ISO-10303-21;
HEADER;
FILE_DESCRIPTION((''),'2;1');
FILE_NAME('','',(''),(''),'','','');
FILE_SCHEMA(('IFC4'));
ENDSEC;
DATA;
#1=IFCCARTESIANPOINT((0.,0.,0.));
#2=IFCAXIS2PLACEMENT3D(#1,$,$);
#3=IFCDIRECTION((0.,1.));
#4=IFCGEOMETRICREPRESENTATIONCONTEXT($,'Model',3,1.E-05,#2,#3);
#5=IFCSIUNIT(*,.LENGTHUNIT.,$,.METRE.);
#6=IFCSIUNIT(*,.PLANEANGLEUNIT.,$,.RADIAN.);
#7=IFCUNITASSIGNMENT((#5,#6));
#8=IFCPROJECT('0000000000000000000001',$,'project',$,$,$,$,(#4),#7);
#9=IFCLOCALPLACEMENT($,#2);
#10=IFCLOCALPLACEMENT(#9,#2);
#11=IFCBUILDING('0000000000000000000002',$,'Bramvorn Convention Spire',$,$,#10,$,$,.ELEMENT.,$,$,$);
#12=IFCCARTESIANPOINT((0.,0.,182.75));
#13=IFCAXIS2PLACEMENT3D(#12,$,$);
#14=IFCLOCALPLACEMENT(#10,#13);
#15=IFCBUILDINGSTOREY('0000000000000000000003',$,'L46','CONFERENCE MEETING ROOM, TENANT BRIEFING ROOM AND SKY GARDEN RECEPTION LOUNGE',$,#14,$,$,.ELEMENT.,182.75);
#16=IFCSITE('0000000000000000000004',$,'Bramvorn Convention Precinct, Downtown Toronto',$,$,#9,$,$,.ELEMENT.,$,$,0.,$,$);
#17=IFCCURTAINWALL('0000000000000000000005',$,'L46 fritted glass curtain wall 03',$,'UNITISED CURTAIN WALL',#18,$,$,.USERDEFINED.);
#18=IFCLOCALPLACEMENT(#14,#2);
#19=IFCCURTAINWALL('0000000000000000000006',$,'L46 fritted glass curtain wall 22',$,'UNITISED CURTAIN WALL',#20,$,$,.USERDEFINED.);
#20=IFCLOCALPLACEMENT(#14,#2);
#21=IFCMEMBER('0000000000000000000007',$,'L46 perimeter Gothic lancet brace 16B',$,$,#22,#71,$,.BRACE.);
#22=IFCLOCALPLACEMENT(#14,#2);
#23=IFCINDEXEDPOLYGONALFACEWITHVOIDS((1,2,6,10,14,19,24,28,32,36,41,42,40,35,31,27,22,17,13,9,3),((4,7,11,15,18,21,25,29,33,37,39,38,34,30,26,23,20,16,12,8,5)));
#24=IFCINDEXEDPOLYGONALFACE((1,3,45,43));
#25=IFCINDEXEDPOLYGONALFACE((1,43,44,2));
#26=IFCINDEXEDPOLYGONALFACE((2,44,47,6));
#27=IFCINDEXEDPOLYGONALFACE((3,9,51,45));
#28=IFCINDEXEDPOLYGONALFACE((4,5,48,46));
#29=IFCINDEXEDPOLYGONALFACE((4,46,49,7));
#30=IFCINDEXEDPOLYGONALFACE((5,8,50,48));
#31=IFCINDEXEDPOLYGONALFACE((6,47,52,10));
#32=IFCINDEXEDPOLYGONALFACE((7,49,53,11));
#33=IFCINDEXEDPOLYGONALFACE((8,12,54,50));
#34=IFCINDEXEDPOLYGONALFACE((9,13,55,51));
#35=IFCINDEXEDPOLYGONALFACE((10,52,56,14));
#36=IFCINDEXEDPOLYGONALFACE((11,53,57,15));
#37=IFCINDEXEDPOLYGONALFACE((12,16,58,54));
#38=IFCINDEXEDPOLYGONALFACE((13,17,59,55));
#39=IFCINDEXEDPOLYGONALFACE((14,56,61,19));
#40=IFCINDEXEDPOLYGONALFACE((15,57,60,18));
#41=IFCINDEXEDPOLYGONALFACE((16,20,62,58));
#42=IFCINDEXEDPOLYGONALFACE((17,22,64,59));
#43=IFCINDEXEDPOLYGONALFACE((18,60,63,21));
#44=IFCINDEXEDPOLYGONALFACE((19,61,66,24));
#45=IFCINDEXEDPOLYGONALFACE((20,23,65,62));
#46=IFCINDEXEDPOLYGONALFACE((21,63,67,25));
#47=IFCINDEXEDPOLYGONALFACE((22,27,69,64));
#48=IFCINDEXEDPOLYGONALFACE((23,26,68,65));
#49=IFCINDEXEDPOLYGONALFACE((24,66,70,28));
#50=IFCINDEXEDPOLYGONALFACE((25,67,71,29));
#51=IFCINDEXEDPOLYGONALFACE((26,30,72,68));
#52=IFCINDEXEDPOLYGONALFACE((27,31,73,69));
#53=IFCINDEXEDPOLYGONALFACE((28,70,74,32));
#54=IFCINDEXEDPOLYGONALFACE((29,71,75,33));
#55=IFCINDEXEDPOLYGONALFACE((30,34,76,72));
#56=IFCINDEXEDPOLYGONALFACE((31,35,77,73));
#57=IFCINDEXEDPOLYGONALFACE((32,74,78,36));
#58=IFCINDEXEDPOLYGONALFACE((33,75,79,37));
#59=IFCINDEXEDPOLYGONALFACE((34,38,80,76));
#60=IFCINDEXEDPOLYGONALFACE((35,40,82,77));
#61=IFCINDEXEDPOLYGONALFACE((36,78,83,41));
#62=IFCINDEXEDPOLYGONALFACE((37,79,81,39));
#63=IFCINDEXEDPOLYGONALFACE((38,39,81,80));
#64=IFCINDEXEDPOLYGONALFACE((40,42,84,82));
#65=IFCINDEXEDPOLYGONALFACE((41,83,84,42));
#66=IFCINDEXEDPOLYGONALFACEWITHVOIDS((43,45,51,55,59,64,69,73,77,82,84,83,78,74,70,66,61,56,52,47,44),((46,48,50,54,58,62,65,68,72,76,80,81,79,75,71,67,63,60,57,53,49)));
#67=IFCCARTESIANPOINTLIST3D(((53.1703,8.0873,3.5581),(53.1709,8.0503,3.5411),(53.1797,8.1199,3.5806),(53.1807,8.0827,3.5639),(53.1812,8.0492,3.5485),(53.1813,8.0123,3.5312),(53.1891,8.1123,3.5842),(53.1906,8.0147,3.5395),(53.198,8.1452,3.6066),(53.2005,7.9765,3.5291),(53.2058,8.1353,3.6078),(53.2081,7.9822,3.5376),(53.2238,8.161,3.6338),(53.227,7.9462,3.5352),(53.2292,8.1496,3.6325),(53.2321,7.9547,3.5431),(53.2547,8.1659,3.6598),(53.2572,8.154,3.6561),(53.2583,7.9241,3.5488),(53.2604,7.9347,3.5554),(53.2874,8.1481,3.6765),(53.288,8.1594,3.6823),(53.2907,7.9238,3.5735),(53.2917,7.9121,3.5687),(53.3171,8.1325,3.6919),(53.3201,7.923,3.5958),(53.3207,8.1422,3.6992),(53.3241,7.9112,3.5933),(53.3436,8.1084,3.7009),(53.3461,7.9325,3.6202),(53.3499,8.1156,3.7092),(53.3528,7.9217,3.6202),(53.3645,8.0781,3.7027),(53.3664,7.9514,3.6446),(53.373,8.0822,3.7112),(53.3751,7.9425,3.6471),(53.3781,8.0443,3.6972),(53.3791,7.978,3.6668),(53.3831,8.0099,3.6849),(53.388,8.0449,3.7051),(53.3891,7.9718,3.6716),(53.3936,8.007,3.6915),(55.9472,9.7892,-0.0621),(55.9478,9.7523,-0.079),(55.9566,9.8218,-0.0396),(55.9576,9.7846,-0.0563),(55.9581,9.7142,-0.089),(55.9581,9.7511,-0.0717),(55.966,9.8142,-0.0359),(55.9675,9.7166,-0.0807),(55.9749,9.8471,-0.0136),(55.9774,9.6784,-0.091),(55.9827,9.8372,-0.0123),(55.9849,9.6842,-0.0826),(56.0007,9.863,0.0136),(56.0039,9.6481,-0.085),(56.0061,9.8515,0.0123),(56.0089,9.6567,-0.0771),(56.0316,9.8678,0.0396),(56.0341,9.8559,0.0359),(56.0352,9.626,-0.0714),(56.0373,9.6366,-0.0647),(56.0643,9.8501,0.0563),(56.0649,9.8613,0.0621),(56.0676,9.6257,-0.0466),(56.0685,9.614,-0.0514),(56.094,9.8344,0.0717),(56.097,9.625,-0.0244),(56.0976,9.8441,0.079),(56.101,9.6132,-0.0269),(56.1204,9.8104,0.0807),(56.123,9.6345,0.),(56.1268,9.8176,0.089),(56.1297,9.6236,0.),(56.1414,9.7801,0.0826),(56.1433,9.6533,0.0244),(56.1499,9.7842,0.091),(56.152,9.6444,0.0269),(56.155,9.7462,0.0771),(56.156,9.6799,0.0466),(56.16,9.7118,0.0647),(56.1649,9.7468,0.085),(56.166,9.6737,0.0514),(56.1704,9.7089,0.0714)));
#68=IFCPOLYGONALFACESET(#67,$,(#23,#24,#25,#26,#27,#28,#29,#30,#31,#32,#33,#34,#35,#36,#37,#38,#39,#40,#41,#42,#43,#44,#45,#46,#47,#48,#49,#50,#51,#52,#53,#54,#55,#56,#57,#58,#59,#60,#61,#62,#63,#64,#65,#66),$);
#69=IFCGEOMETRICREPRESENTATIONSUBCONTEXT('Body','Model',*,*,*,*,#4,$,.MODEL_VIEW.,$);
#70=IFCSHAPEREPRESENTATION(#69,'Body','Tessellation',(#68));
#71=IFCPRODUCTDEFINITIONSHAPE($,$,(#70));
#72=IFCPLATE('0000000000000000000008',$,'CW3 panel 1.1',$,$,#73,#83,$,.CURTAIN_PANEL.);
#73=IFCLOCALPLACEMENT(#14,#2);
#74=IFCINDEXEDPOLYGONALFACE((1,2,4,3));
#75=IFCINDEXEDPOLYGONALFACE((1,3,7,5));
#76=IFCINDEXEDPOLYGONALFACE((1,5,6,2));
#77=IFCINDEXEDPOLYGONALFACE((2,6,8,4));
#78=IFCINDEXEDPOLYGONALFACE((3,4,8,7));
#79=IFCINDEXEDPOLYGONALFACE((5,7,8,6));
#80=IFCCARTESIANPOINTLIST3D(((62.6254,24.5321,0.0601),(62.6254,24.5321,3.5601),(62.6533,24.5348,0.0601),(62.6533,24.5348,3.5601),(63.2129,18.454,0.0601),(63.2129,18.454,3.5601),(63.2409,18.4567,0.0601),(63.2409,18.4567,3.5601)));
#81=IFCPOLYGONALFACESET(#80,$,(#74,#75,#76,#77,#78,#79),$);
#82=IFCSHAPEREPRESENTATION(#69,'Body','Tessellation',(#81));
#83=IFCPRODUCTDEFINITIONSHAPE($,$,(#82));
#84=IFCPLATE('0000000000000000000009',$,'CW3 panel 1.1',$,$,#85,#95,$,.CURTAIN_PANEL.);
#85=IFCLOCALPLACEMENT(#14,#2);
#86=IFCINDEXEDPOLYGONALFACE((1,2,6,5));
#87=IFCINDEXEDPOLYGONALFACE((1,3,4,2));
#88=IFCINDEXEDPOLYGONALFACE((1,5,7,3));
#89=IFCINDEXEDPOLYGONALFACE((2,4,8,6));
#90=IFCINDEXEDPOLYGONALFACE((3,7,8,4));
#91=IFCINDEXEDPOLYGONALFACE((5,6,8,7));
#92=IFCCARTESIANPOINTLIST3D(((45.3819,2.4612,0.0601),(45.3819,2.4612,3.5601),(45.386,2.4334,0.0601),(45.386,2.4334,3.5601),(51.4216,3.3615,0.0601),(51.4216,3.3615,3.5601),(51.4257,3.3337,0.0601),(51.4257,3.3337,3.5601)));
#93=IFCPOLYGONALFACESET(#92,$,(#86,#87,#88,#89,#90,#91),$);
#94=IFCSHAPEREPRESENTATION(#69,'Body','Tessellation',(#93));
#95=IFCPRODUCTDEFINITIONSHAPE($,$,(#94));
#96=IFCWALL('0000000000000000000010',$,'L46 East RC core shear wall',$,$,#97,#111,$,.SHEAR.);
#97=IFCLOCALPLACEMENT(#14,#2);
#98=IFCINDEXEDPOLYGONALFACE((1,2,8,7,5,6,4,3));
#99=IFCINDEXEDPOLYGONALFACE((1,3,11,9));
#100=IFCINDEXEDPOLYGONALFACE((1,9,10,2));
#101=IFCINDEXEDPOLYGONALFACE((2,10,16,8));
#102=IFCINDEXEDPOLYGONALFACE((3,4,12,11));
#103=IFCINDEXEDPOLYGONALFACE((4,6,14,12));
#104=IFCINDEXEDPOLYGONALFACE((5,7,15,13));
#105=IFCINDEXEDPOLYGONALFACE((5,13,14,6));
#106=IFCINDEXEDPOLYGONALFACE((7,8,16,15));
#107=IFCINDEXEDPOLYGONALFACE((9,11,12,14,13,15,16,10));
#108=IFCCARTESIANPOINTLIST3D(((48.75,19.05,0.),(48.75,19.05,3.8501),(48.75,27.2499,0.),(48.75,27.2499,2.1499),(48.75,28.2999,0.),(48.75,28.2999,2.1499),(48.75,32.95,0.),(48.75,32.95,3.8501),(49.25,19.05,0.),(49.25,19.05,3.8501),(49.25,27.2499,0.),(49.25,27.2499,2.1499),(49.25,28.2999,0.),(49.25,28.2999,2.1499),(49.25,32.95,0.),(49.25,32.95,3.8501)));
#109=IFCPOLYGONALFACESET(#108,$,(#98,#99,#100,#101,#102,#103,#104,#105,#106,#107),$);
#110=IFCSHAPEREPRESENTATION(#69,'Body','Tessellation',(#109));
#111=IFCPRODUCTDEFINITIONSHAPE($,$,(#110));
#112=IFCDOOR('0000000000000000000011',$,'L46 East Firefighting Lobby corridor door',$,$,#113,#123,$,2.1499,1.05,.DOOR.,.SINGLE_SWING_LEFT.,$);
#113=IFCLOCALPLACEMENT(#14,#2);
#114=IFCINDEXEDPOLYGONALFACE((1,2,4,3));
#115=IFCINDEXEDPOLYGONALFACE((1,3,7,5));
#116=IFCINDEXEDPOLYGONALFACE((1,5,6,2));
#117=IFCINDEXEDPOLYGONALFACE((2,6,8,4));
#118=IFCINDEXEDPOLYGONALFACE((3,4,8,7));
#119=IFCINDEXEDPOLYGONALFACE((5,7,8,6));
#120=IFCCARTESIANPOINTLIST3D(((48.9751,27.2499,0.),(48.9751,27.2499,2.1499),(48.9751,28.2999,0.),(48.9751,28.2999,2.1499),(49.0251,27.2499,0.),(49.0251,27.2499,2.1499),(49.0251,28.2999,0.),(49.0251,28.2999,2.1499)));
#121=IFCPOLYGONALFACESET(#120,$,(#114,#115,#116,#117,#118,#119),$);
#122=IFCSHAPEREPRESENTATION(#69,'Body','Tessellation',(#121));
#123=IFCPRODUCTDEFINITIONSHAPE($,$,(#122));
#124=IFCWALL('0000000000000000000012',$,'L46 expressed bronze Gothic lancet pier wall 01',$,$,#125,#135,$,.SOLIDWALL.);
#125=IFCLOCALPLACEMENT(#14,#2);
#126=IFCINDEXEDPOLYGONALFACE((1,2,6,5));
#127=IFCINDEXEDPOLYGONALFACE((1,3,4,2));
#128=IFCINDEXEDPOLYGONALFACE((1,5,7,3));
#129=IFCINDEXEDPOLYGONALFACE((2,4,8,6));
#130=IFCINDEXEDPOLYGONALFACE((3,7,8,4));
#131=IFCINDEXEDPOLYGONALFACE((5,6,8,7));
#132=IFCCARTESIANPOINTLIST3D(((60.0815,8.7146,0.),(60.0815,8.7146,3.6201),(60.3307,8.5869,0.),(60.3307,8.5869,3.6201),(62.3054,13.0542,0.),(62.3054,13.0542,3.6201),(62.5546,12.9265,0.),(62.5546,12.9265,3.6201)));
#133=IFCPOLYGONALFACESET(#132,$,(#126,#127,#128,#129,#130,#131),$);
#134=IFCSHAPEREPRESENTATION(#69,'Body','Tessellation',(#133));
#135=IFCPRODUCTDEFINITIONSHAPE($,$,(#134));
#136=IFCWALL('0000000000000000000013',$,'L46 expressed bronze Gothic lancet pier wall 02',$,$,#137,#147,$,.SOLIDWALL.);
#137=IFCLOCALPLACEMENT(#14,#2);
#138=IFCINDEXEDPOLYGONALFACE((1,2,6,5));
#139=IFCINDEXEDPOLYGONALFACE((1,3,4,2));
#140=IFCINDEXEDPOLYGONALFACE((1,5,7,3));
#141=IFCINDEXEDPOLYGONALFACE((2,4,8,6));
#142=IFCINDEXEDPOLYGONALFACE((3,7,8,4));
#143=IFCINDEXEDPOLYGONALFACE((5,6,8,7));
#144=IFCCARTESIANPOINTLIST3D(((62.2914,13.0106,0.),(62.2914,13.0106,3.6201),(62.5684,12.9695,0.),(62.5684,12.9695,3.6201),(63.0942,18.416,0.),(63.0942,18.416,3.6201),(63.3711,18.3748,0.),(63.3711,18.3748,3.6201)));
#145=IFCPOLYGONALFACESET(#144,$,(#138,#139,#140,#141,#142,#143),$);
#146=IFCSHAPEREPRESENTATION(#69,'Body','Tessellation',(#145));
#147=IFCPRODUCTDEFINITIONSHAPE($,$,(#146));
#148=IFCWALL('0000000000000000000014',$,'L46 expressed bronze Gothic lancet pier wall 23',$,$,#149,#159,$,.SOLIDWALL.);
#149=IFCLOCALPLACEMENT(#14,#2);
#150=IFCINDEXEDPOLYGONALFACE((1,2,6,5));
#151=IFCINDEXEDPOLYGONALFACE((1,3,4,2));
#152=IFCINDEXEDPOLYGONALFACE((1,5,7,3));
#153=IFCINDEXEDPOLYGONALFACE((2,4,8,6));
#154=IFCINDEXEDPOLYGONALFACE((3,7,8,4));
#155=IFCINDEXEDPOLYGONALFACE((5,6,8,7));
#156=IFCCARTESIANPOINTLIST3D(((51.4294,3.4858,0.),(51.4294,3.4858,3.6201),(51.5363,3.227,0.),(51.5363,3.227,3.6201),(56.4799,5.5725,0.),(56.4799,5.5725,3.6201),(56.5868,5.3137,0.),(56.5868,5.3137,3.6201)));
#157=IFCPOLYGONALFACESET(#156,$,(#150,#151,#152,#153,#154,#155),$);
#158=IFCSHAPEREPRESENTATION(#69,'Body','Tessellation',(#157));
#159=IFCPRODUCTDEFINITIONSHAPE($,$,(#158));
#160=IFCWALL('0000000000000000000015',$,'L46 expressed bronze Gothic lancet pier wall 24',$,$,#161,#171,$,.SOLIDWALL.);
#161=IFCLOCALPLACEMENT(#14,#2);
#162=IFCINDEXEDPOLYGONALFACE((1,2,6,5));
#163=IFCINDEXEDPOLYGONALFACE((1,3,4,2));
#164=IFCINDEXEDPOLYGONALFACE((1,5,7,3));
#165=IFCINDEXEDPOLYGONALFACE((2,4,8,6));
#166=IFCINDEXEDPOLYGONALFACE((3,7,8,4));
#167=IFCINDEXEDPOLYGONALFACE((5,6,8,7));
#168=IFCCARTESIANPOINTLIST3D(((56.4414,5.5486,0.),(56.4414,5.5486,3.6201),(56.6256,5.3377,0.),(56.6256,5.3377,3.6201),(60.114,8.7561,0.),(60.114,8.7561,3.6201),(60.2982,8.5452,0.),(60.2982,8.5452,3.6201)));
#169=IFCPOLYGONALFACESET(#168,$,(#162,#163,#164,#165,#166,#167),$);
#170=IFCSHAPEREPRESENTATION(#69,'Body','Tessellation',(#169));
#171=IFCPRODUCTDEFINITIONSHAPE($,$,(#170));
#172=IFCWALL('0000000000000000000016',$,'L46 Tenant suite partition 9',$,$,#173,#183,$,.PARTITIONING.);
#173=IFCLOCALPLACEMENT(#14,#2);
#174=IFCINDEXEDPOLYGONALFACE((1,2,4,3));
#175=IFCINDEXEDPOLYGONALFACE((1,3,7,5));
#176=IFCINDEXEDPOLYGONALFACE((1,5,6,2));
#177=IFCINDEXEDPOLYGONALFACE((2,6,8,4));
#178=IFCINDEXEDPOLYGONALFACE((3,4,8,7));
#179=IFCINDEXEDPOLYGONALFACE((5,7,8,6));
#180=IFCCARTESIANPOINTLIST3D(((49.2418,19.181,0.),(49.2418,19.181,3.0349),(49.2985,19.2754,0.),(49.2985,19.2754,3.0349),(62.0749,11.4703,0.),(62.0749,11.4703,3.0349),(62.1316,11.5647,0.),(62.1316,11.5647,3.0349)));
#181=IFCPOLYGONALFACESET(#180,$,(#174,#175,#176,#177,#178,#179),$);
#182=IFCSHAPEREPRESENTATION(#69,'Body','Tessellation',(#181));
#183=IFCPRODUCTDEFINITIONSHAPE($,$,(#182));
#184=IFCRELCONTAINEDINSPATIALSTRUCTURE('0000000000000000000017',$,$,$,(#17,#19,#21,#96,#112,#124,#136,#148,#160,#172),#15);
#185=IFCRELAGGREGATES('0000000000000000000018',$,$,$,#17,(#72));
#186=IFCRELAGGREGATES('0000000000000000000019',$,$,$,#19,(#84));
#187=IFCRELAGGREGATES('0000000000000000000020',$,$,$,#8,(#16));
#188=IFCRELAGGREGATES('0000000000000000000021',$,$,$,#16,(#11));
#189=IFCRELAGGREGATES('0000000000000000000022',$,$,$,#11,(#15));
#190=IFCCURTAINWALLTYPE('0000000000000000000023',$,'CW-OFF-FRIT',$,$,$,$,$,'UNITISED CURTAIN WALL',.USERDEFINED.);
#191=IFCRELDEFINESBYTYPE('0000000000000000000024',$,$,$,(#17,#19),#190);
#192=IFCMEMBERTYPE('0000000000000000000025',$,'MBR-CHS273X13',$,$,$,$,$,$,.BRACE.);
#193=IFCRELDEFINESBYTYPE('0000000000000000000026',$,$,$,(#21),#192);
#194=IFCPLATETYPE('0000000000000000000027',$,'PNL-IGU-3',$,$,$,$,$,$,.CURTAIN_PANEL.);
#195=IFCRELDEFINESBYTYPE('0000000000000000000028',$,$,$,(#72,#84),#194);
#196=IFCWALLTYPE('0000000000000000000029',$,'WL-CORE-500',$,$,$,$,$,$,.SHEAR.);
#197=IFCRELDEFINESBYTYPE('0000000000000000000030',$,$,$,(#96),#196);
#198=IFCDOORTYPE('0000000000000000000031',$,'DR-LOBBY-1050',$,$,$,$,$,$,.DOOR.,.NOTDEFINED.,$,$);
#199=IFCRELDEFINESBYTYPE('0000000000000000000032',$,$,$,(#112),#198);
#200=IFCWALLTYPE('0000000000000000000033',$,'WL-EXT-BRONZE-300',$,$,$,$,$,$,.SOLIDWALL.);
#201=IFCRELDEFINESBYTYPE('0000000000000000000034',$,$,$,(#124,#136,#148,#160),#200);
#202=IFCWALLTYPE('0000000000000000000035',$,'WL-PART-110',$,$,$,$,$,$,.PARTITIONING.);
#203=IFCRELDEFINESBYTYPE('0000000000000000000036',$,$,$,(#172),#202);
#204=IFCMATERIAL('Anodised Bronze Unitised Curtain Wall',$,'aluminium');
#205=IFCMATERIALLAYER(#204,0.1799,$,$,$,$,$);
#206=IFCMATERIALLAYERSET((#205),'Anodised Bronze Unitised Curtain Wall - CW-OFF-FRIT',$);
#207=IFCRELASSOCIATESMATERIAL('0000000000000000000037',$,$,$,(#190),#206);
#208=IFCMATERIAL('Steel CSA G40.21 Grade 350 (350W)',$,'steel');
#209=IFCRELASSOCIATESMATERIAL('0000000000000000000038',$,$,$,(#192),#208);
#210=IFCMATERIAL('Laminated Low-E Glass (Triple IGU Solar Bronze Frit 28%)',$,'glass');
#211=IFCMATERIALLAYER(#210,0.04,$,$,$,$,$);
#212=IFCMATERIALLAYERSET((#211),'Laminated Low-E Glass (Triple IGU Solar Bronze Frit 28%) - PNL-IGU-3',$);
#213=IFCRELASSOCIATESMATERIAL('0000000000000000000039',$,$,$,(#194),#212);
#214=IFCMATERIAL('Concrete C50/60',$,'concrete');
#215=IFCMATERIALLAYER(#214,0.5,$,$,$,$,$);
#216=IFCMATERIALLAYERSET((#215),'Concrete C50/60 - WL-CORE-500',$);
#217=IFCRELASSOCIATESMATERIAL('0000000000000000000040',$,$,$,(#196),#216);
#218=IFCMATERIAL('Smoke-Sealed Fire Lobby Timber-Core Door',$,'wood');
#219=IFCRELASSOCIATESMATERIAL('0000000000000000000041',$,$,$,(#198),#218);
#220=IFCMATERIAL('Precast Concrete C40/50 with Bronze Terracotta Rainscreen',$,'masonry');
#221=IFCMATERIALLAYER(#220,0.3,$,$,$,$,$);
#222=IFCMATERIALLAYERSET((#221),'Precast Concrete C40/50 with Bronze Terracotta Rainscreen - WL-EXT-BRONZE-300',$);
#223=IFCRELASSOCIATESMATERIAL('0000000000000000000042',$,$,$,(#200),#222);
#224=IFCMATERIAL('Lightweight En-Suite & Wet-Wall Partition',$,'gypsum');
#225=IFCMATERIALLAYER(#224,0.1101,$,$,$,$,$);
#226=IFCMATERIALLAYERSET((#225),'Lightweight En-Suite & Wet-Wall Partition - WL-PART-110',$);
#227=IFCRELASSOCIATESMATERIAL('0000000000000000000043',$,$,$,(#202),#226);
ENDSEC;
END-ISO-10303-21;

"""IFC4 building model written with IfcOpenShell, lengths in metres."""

from ifc_helpers import new_model, si_unit, direction, frame, frame_2d, origin, origin_2d, place, context, subcontext, project, spatial, rectangle, hollow_circle, extrude, material, layer, layer_set, material_profile, profile_set, type_object, element, fill, aggregate, save


model = new_model("IFC4")

# Units and contexts
model_context = context("Model", 3, precision=1e-05, world=origin(), true_north=direction((0.0, 1.0)))
body_context = subcontext(model_context, "Body", "Model", "MODEL_VIEW")
ifc_project = project(units=[si_unit("LENGTHUNIT", "METRE"), si_unit("PLANEANGLEUNIT", "RADIAN")], contexts=[model_context])

# Site, building, storey
site_placement = place(None, origin())
site = spatial("IfcSite", under=ifc_project, at=site_placement, Name="Bramvorn Convention Precinct, Downtown Toronto", CompositionType="ELEMENT", RefElevation=0.0)
building_placement = place(site_placement, origin())
building = spatial("IfcBuilding", under=site, at=building_placement, Name="Bramvorn Convention Spire", CompositionType="ELEMENT")
storey_placement = place(building_placement, frame((0.0, 0.0, 182.75)))
storey = spatial("IfcBuildingStorey", under=building, at=storey_placement, Name="L46", Description="CONFERENCE MEETING ROOM, TENANT BRIEFING ROOM AND SKY GARDEN RECEPTION LOUNGE", CompositionType="ELEMENT", Elevation=182.75)

# Shared definitions
ifc_material_1 = material(Name="Steel CSA G40.21 Grade 350 (350W)", Category="steel")

# Curtain wall
ifc_material_2 = material(Name="Anodised Bronze Unitised Curtain Wall", Category="aluminium")
ifc_layer_1 = layer(ifc_material_2, 0.1799)
ifc_layer_set_1 = layer_set([ifc_layer_1], Name="Anodised Bronze Unitised Curtain Wall - CW-OFF-FRIT")
curtain_wall_type = type_object("IfcCurtainWallType", Name="CW-OFF-FRIT", ElementType="UNITISED CURTAIN WALL", PredefinedType="USERDEFINED", material=ifc_layer_set_1)
curtain_wall_1_placement = place(storey_placement, origin())
curtain_wall_1 = element("IfcCurtainWall", 1, at=curtain_wall_1_placement, inside=storey, type_object=curtain_wall_type, Name="L46 fritted glass curtain wall 03", ObjectType="UNITISED CURTAIN WALL", PredefinedType="USERDEFINED")

# Curtain wall
curtain_wall_2_placement = place(storey_placement, origin())
curtain_wall_2 = element("IfcCurtainWall", 2, at=curtain_wall_2_placement, inside=storey, type_object=curtain_wall_type, Name="L46 fritted glass curtain wall 22", ObjectType="UNITISED CURTAIN WALL", PredefinedType="USERDEFINED")

# Member
ifc_material_profile_1 = material_profile(ifc_material_1, hollow_circle(Radius=0.1365, WallThickness=0.0127, at=origin_2d()))
ifc_profile_set_1 = profile_set([ifc_material_profile_1], Name="Steel CSA G40.21 Grade 350 (350W) - CHS273X13")
member_type_1 = type_object("IfcMemberType", Name="MBR-CHS273X13", PredefinedType="BRACE", material=ifc_profile_set_1)
for number, where, z_axis, x_axis, name in (
    (3, (56.0583, 9.74, 0.0), (-0.570247, -0.349498, 0.743417), (0.522553, -0.852607, 0.0), "L46 perimeter Gothic lancet brace 16B"),
):
    element("IfcMember", number, at=place(storey_placement, frame(where, z_axis=z_axis, x_axis=x_axis)), inside=storey, type_object=member_type_1, Name=name, PredefinedType="BRACE", context=body_context, shape_type="SweptSolid", body=[
        extrude(hollow_circle(Radius=0.1365, WallThickness=0.0127, at=origin_2d()), origin(), (0.0, 0.0, 1.0), 4.8696),
    ])

# Plates
ifc_material_3 = material(Name="Laminated Low-E Glass (Triple IGU Solar Bronze Frit 28%)", Category="glass")
ifc_layer_2 = layer(ifc_material_3, 0.04)
ifc_layer_set_2 = layer_set([ifc_layer_2], Name="Laminated Low-E Glass (Triple IGU Solar Bronze Frit 28%) - PNL-IGU-3")
plate_type = type_object("IfcPlateType", Name="PNL-IGU-3", PredefinedType="CURTAIN_PANEL", material=ifc_layer_set_2)
plate_1_placement = place(storey_placement, frame((62.9331, 21.4944, 0.0601), z_axis=(0.0, 0.0, 1.0), x_axis=(0.096219, -0.99536, 0.0)))
plate_1 = element("IfcPlate", 4, at=plate_1_placement, type_object=plate_type, Name="CW3 panel 1.1", PredefinedType="CURTAIN_PANEL", context=body_context, shape_type="SweptSolid", body=[
    extrude(rectangle(XDim=6.1064, YDim=0.0281, at=origin_2d()), origin(), (0.0, 0.0, 1.0), 3.5),
])
aggregate(curtain_wall_1, [plate_1])
plate_2_placement = place(storey_placement, frame((48.4038, 2.8975, 0.0601), z_axis=(0.0, 0.0, 1.0), x_axis=(-0.989071, -0.147438, 0.0)))
plate_2 = element("IfcPlate", 5, at=plate_2_placement, type_object=plate_type, Name="CW3 panel 1.1", PredefinedType="CURTAIN_PANEL", context=body_context, shape_type="SweptSolid", body=[
    extrude(rectangle(XDim=6.1064, YDim=0.0281, at=origin_2d()), origin(), (0.0, 0.0, 1.0), 3.5),
])
aggregate(curtain_wall_2, [plate_2])

# Wall, opening, door
ifc_material_4 = material(Name="Concrete C50/60", Category="concrete")
ifc_layer_3 = layer(ifc_material_4, 0.5)
ifc_layer_set_3 = layer_set([ifc_layer_3], Name="Concrete C50/60 - WL-CORE-500")
wall_type_1 = type_object("IfcWallType", Name="WL-CORE-500", PredefinedType="SHEAR", material=ifc_layer_set_3)
wall_1_placement = place(storey_placement, frame((49.0, 19.05, 0.0), z_axis=(0.0, 0.0, 1.0), x_axis=(0.0, 1.0, 0.0)))
wall_1 = element("IfcWall", 6, at=wall_1_placement, inside=storey, type_object=wall_type_1, Name="L46 East RC core shear wall", PredefinedType="SHEAR", context=body_context, shape_type="SweptSolid", body=[
    extrude(rectangle(XDim=13.8999, YDim=0.5, at=frame_2d((6.95, 0.0))), origin(), (0.0, 0.0, 1.0), 3.8501),
])
opening_placement = place(wall_1_placement, frame((8.2, 0.0, 0.0)))
opening = element("IfcOpeningElement", 7, at=opening_placement, cuts=wall_1, PredefinedType="OPENING", context=body_context, shape_type="SweptSolid", body=[
    extrude(rectangle(XDim=1.05, YDim=2.1499, at=frame_2d((0.5249, 1.075))), frame((0.0, 0.26, 0.0), z_axis=(0.0, -1.0, 0.0), x_axis=(1.0, 0.0, 0.0)), (0.0, 0.0, 1.0), 0.52),
])
ifc_material_5 = material(Name="Smoke-Sealed Fire Lobby Timber-Core Door", Category="wood")
door_type = type_object("IfcDoorType", Name="DR-LOBBY-1050", OperationType="NOTDEFINED", PredefinedType="DOOR", material=ifc_material_5)
door_placement = place(opening_placement, origin())
door = element("IfcDoor", 8, at=door_placement, inside=storey, type_object=door_type, Name="L46 East Firefighting Lobby corridor door", OperationType="SINGLE_SWING_LEFT", OverallHeight=2.1499, OverallWidth=1.05, PredefinedType="DOOR", context=body_context, shape_type="SweptSolid", body=[
    extrude(rectangle(XDim=1.05, YDim=2.1499, at=frame_2d((0.5249, 1.075))), frame((0.0, 0.0249, 0.0), z_axis=(0.0, -1.0, 0.0), x_axis=(1.0, 0.0, 0.0)), (0.0, 0.0, 1.0), 0.05),
])
fill(opening, door)

# Walls
ifc_material_6 = material(Name="Precast Concrete C40/50 with Bronze Terracotta Rainscreen", Category="masonry")
ifc_layer_4 = layer(ifc_material_6, 0.3)
ifc_layer_set_4 = layer_set([ifc_layer_4], Name="Precast Concrete C40/50 with Bronze Terracotta Rainscreen - WL-EXT-BRONZE-300")
wall_type_2 = type_object("IfcWallType", Name="WL-EXT-BRONZE-300", PredefinedType="SOLIDWALL", material=ifc_layer_set_4)
wall_2_placement = place(storey_placement, frame((62.4299, 12.9902, 0.0), z_axis=(0.0, 0.0, 1.0), x_axis=(-0.456064, -0.889947, 0.0)))
element("IfcWall", 9, at=wall_2_placement, inside=storey, type_object=wall_type_2, Name="L46 expressed bronze Gothic lancet pier wall 01", PredefinedType="SOLIDWALL", context=body_context, shape_type="SweptSolid", body=[
    extrude(rectangle(XDim=4.8762, YDim=0.28, at=frame_2d((2.438, 0.0))), origin(), (0.0, 0.0, 1.0), 3.6201),
])
for number, where, z_axis, x_axis, name in (
    (10, (63.2327, 18.3955, 0.0), (0.0, 0.0, 1.0), (-0.146898, -0.989152, 0.0), "L46 expressed bronze Gothic lancet pier wall 02"),
    (11, (56.5334, 5.4431, 0.0), (0.0, 0.0, 1.0), (-0.924224, -0.381851, 0.0), "L46 expressed bronze Gothic lancet pier wall 23"),
):
    element("IfcWall", number, at=place(storey_placement, frame(where, z_axis=z_axis, x_axis=x_axis)), inside=storey, type_object=wall_type_2, Name=name, PredefinedType="SOLIDWALL", context=body_context, shape_type="SweptSolid", body=[
        extrude(rectangle(XDim=5.4646, YDim=0.28, at=frame_2d((2.7324, 0.0))), origin(), (0.0, 0.0, 1.0), 3.6201),
    ])
wall_3_placement = place(storey_placement, frame((60.2061, 8.6506, 0.0), z_axis=(0.0, 0.0, 1.0), x_axis=(-0.753187, -0.657806, 0.0)))
element("IfcWall", 12, at=wall_3_placement, inside=storey, type_object=wall_type_2, Name="L46 expressed bronze Gothic lancet pier wall 24", PredefinedType="SOLIDWALL", context=body_context, shape_type="SweptSolid", body=[
    extrude(rectangle(XDim=4.876, YDim=0.28, at=frame_2d((2.438, 0.0))), origin(), (0.0, 0.0, 1.0), 3.6201),
])
ifc_material_7 = material(Name="Lightweight En-Suite & Wet-Wall Partition", Category="gypsum")
ifc_layer_5 = layer(ifc_material_7, 0.1101)
ifc_layer_set_5 = layer_set([ifc_layer_5], Name="Lightweight En-Suite & Wet-Wall Partition - WL-PART-110")
wall_type_3 = type_object("IfcWallType", Name="WL-PART-110", PredefinedType="PARTITIONING", material=ifc_layer_set_5)
wall_4_placement = place(storey_placement, frame((49.27, 19.2283, 0.0), z_axis=(0.0, 0.0, 1.0), x_axis=(0.857172, -0.51503, 0.0)))
element("IfcWall", 13, at=wall_4_placement, inside=storey, type_object=wall_type_3, Name="L46 Tenant suite partition 9", PredefinedType="PARTITIONING", context=body_context, shape_type="SweptSolid", body=[
    extrude(rectangle(XDim=14.9714, YDim=0.1101, at=frame_2d((7.4858, 0.0))), origin(), (0.0, 0.0, 1.0), 3.0349),
])

save(model, "model.ifc")
